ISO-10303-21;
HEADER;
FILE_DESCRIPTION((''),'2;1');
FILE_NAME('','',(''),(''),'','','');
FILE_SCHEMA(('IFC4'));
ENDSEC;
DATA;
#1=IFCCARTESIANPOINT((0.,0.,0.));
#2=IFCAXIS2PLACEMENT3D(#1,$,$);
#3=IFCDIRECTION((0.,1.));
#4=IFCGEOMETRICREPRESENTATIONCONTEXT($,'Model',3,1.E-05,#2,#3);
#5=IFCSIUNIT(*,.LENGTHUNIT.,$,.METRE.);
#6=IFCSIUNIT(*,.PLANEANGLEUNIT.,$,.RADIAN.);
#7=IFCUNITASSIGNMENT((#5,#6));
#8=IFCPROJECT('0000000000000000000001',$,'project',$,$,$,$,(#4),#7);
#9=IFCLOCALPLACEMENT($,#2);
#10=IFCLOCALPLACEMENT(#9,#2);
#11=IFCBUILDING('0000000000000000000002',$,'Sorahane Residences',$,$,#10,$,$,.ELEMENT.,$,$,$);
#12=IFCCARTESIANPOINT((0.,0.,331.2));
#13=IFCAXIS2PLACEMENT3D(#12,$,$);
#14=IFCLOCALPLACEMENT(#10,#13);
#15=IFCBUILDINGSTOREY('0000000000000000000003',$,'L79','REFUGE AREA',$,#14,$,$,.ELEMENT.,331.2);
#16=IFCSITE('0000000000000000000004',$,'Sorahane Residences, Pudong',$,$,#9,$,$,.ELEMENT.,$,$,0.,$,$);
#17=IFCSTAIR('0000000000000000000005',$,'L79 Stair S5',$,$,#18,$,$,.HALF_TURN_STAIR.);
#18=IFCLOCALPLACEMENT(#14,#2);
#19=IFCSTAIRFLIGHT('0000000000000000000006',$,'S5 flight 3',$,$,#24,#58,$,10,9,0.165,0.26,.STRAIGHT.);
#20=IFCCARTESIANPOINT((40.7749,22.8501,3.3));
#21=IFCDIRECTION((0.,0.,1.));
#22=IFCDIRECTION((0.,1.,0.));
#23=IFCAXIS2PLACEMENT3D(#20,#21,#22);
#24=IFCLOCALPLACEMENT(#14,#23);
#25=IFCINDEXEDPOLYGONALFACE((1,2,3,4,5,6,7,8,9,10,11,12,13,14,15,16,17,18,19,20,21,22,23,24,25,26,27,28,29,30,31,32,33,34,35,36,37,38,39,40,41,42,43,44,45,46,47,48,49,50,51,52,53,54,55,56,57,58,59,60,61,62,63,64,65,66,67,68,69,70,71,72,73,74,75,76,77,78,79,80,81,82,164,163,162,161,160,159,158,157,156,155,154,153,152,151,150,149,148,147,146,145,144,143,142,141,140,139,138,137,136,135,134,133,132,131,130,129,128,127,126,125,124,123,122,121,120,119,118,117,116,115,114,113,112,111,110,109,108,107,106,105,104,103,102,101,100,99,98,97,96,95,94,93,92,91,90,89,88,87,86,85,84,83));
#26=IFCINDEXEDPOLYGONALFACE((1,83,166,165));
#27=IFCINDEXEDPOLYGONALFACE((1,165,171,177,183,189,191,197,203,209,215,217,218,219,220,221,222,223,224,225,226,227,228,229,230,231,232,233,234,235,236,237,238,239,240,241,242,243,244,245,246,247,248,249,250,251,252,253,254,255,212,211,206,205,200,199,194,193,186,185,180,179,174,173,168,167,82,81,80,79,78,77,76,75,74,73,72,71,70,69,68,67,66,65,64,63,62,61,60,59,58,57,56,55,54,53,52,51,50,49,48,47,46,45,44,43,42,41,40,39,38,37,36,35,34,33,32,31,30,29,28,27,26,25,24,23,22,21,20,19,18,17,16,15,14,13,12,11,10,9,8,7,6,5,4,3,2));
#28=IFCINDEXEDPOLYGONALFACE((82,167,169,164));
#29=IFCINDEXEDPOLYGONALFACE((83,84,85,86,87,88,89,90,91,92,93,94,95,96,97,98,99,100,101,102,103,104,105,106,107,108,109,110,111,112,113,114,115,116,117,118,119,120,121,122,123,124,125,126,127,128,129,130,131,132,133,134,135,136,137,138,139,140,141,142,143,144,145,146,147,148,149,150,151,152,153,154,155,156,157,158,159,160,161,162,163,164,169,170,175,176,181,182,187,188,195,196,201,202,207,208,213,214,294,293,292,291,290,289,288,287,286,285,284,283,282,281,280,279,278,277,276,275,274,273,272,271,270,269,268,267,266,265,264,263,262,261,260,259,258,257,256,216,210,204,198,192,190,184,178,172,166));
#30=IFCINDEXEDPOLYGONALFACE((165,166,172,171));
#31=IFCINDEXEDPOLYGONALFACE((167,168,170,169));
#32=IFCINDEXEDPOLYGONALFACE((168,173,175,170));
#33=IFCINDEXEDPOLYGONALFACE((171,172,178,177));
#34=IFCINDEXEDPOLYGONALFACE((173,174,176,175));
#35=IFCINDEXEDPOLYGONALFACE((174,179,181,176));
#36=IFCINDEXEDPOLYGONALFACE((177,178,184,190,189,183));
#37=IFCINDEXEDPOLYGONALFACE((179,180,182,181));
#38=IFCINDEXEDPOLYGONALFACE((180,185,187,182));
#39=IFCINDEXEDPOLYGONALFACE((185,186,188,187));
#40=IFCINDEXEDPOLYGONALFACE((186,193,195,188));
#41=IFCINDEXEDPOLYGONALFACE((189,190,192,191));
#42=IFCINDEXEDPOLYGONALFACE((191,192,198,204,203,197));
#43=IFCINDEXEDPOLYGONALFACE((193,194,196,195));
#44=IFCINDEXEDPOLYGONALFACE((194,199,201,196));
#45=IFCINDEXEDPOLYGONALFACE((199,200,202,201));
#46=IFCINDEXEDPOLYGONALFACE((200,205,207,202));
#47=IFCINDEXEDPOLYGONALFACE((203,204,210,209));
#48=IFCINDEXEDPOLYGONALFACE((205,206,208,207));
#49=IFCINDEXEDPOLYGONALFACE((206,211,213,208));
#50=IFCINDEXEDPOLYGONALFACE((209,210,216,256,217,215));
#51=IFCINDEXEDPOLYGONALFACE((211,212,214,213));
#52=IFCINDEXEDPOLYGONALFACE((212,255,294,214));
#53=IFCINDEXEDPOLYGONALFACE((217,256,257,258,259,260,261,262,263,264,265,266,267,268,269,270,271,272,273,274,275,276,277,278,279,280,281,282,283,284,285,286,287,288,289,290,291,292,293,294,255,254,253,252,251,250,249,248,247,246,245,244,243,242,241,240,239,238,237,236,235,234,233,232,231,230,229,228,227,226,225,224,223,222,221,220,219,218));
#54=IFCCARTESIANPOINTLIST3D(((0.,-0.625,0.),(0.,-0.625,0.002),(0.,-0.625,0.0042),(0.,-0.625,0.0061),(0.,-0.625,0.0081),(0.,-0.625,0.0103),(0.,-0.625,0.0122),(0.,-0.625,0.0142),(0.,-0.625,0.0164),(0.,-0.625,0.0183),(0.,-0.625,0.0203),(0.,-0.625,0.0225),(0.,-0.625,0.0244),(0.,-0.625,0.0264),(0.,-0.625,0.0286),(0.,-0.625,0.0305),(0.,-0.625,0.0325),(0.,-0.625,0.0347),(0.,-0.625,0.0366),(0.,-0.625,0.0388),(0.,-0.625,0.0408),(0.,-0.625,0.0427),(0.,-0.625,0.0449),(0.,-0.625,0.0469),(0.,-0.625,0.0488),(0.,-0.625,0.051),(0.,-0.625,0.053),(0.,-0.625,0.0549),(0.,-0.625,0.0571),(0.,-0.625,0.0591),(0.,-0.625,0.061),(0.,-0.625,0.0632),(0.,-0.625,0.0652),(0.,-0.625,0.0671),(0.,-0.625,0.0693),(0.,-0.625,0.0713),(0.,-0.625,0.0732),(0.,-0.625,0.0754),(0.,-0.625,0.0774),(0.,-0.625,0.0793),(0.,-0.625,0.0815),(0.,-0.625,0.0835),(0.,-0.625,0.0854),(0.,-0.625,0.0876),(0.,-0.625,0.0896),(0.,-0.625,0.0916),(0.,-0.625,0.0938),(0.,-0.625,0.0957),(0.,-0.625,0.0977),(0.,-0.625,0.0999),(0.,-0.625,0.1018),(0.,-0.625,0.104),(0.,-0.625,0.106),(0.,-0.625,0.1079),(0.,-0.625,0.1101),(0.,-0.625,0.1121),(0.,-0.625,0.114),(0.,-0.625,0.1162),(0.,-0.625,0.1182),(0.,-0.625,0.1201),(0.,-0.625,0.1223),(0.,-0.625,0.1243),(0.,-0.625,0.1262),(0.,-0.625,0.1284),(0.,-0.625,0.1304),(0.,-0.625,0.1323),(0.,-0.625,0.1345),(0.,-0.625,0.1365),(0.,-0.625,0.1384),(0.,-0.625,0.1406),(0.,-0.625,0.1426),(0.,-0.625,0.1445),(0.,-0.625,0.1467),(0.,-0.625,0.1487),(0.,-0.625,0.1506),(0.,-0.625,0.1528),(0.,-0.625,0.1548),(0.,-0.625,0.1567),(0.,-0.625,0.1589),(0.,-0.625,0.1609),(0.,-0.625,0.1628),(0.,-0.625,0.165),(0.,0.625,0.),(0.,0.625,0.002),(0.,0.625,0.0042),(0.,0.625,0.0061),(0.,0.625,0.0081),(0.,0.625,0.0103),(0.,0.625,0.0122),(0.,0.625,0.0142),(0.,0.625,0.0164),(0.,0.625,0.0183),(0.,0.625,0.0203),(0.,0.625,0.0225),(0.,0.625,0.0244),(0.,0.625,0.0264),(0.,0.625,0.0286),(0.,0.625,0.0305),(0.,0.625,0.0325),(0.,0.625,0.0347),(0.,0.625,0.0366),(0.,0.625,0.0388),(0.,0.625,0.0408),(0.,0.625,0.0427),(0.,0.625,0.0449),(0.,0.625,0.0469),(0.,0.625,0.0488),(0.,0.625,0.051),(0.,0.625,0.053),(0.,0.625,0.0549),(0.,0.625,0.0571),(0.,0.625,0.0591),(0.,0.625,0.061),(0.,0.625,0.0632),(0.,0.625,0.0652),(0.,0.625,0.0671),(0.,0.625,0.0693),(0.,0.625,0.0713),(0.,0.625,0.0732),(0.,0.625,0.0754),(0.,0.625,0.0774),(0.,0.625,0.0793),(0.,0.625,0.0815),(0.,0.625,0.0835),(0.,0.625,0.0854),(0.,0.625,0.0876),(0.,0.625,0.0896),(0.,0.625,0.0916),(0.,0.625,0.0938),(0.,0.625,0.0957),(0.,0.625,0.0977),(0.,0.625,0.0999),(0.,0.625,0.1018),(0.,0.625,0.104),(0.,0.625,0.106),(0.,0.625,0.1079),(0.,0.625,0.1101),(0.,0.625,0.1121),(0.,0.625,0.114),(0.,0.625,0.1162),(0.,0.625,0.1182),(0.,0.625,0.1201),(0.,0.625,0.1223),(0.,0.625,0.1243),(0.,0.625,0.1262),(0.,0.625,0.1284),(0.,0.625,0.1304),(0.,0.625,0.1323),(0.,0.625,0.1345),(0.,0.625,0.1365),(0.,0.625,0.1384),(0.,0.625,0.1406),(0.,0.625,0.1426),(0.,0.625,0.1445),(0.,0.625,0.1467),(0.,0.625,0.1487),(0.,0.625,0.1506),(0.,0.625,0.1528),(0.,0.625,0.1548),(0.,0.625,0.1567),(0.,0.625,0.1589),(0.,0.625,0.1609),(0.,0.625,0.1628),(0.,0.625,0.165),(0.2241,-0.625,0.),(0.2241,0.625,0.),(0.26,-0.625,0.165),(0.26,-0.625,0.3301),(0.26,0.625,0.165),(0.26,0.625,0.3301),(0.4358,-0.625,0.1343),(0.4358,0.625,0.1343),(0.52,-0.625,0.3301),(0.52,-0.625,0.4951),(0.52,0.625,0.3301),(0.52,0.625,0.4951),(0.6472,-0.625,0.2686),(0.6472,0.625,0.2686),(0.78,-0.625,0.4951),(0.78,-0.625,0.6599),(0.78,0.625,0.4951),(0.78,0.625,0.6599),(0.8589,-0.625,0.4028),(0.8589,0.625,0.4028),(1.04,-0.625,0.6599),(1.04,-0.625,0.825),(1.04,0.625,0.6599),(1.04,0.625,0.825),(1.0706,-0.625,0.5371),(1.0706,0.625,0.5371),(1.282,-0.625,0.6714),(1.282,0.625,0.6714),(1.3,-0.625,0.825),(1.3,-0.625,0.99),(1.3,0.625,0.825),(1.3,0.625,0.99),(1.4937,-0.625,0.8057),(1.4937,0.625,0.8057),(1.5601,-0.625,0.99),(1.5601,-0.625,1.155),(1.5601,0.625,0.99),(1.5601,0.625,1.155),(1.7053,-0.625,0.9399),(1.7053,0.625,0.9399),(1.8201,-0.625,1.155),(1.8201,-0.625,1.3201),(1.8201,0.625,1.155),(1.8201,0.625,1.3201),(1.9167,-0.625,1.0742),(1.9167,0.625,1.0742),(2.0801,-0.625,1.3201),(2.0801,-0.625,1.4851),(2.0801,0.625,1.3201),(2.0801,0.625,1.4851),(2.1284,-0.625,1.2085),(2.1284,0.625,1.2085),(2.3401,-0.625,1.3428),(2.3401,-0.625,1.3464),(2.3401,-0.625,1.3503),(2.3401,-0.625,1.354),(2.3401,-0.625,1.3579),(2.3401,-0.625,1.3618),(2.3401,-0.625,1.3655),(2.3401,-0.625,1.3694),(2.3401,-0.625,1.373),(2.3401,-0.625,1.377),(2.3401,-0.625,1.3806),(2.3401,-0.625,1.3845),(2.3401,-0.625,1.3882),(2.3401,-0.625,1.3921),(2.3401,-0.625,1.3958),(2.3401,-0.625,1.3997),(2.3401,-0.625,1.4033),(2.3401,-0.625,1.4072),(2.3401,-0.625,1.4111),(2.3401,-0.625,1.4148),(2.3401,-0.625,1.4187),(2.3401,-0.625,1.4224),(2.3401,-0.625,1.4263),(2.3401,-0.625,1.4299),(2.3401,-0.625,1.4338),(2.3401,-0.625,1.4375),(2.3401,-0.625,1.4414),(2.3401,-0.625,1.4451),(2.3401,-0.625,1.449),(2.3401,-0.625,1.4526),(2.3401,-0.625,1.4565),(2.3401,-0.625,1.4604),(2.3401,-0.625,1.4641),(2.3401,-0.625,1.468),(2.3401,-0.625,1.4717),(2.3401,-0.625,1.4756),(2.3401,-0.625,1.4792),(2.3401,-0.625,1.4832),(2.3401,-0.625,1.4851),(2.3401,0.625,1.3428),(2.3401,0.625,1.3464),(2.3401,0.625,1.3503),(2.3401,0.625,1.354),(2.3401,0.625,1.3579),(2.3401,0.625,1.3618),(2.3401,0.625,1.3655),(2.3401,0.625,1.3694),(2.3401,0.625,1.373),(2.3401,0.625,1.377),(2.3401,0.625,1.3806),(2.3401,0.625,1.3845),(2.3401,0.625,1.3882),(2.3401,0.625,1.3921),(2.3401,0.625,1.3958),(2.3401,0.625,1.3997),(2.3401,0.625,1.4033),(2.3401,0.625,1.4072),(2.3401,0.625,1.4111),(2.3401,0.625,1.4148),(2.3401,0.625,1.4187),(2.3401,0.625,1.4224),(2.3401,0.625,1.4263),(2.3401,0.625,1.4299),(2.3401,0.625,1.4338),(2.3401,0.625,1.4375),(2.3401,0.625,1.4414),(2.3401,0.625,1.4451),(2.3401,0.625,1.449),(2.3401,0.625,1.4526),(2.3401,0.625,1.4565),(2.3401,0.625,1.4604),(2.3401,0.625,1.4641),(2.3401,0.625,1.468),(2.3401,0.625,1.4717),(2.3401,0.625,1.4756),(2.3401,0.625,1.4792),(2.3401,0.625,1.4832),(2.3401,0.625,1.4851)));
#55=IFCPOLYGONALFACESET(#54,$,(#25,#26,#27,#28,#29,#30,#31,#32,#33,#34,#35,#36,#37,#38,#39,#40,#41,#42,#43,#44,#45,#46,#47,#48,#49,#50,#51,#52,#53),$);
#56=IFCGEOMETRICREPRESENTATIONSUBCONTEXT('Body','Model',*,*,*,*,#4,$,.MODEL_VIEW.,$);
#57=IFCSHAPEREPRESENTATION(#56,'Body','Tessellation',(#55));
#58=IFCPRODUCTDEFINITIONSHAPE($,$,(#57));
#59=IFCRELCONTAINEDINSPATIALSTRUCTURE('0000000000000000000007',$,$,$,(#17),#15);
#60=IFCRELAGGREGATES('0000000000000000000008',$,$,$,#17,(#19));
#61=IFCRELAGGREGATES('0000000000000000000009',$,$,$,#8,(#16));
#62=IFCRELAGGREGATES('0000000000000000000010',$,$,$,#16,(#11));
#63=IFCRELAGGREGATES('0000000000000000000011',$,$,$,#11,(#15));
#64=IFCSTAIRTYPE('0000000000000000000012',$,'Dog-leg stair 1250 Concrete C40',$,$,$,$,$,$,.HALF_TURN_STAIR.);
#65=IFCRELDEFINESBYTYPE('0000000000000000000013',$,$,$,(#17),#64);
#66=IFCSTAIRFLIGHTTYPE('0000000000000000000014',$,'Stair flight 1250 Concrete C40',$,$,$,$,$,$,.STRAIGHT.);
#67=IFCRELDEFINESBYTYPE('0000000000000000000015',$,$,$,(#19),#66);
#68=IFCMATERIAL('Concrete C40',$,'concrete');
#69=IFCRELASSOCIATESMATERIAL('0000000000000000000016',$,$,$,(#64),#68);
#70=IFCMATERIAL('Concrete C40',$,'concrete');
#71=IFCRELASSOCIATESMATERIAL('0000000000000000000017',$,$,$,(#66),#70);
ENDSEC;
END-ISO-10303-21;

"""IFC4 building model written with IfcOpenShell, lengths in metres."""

from ifc_helpers import new_model, si_unit, direction, frame, origin, place, context, subcontext, project, spatial, polyline, outline, extrude, material, type_object, element, aggregate, save


model = new_model("IFC4")

# Units and contexts
model_context = context("Model", 3, precision=1e-05, world=origin(), true_north=direction((0.0, 1.0)))
body_context = subcontext(model_context, "Body", "Model", "MODEL_VIEW")
ifc_project = project(units=[si_unit("LENGTHUNIT", "METRE"), si_unit("PLANEANGLEUNIT", "RADIAN")], contexts=[model_context])

# Site, building, storey
site_placement = place(None, origin())
site = spatial("IfcSite", under=ifc_project, at=site_placement, Name="Sorahane Residences, Pudong", CompositionType="ELEMENT", RefElevation=0.0)
building_placement = place(site_placement, origin())
building = spatial("IfcBuilding", under=site, at=building_placement, Name="Sorahane Residences", CompositionType="ELEMENT")
storey_placement = place(building_placement, frame((0.0, 0.0, 331.2)))
storey = spatial("IfcBuildingStorey", under=building, at=storey_placement, Name="L79", Description="REFUGE AREA", CompositionType="ELEMENT", Elevation=331.2)

# Stair, stair flight
ifc_material_1 = material(Name="Concrete C40", Category="concrete")
stair_type = type_object("IfcStairType", Name="Dog-leg stair 1250 Concrete C40", PredefinedType="HALF_TURN_STAIR", material=ifc_material_1)
stair_placement = place(storey_placement, origin())
stair = element("IfcStair", 1, at=stair_placement, inside=storey, type_object=stair_type, Name="L79 Stair S5", PredefinedType="HALF_TURN_STAIR")
ifc_material_2 = material(Name="Concrete C40", Category="concrete")
stair_flight_type = type_object("IfcStairFlightType", Name="Stair flight 1250 Concrete C40", PredefinedType="STRAIGHT", material=ifc_material_2)
stair_flight_1_placement = place(storey_placement, frame((40.7749, 22.8501, 3.3), z_axis=(0.0, 0.0, 1.0), x_axis=(0.0, 1.0, 0.0)))
stair_flight_1 = element("IfcStairFlight", 2, at=stair_flight_1_placement, type_object=stair_flight_type, Name="S5 flight 3", NumberOfRisers=10, NumberOfTreads=9, PredefinedType="STRAIGHT", RiserHeight=0.165, TreadLength=0.26, context=body_context, shape_type="SweptSolid", body=[
    extrude(outline(polyline([(0.0, 0.0), (0.0, 0.002), (0.0, 0.0042), (0.0, 0.0061), (0.0, 0.0081), (0.0, 0.0103), (0.0, 0.0122), (0.0, 0.0142), (0.0, 0.0164), (0.0, 0.0183), (0.0, 0.0203), (0.0, 0.0225), (0.0, 0.0244), (0.0, 0.0264), (0.0, 0.0286), (0.0, 0.0305), (0.0, 0.0325), (0.0, 0.0347), (0.0, 0.0366), (0.0, 0.0388), (0.0, 0.0408), (0.0, 0.0427), (0.0, 0.0449), (0.0, 0.0469), (0.0, 0.0488), (0.0, 0.051), (0.0, 0.053), (0.0, 0.0549), (0.0, 0.0571), (0.0, 0.0591), (0.0, 0.061), (0.0, 0.0632), (0.0, 0.0652), (0.0, 0.0671), (0.0, 0.0693), (0.0, 0.0713), (0.0, 0.0732), (0.0, 0.0754), (0.0, 0.0774), (0.0, 0.0793), (0.0, 0.0815), (0.0, 0.0835), (0.0, 0.0854), (0.0, 0.0876), (0.0, 0.0896), (0.0, 0.0916), (0.0, 0.0938), (0.0, 0.0957), (0.0, 0.0977), (0.0, 0.0999), (0.0, 0.1018), (0.0, 0.104), (0.0, 0.106), (0.0, 0.1079), (0.0, 0.1101), (0.0, 0.1121), (0.0, 0.114), (0.0, 0.1162), (0.0, 0.1182), (0.0, 0.1201), (0.0, 0.1223), (0.0, 0.1243), (0.0, 0.1262), (0.0, 0.1284), (0.0, 0.1304), (0.0, 0.1323), (0.0, 0.1345), (0.0, 0.1365), (0.0, 0.1384), (0.0, 0.1406), (0.0, 0.1426), (0.0, 0.1445), (0.0, 0.1467), (0.0, 0.1487), (0.0, 0.1506), (0.0, 0.1528), (0.0, 0.1548), (0.0, 0.1567), (0.0, 0.1589), (0.0, 0.1609), (0.0, 0.1628), (0.0, 0.165), (0.26, 0.165), (0.26, 0.3301), (0.52, 0.3301), (0.52, 0.4951), (0.78, 0.4951), (0.78, 0.6599), (1.04, 0.6599), (1.04, 0.825), (1.3, 0.825), (1.3, 0.99), (1.5601, 0.99), (1.5601, 1.155), (1.8201, 1.155), (1.8201, 1.3201), (2.0801, 1.3201), (2.0801, 1.4851), (2.3401, 1.4851), (2.3401, 1.6499), (2.3401, 1.6462), (2.3401, 1.6423), (2.3401, 1.6387), (2.3401, 1.6348), (2.3401, 1.6311), (2.3401, 1.6272), (2.3401, 1.6235), (2.3401, 1.6196), (2.3401, 1.616), (2.3401, 1.6121), (2.3401, 1.6082), (2.3401, 1.6045), (2.3401, 1.6006), (2.3401, 1.5969), (2.3401, 1.593), (2.3401, 1.5894), (2.3401, 1.5854), (2.3401, 1.5818), (2.3401, 1.5779), (2.3401, 1.5742), (2.3401, 1.5703), (2.3401, 1.5667), (2.3401, 1.5627), (2.3401, 1.5588), (2.3401, 1.5552), (2.3401, 1.5513), (2.3401, 1.5476), (2.3401, 1.5437), (2.3401, 1.54), (2.3401, 1.5361), (2.3401, 1.5325), (2.3401, 1.5286), (2.3401, 1.5249), (2.3401, 1.521), (2.3401, 1.5173), (2.3401, 1.5134), (2.3401, 1.5098), (2.3401, 1.5059), (2.3401, 1.502), (2.3401, 1.4983), (2.3401, 1.4944), (2.3401, 1.4907), (2.3401, 1.4868), (2.3401, 1.4832), (2.3401, 1.4792), (2.3401, 1.4756), (2.3401, 1.4717), (2.3401, 1.468), (2.3401, 1.4641), (2.3401, 1.4604), (2.3401, 1.4565), (2.3401, 1.4526), (2.3401, 1.449), (2.3401, 1.4451), (2.3401, 1.4414), (2.3401, 1.4375), (2.3401, 1.4338), (2.3401, 1.4299), (2.3401, 1.4263), (2.3401, 1.4224), (2.3401, 1.4187), (2.3401, 1.4148), (2.3401, 1.4111), (2.3401, 1.4072), (2.3401, 1.4033), (2.3401, 1.3997), (2.3401, 1.3958), (2.3401, 1.3921), (2.3401, 1.3882), (2.3401, 1.3845), (2.3401, 1.3806), (2.3401, 1.377), (2.3401, 1.373), (2.3401, 1.3694), (2.3401, 1.3655), (2.3401, 1.3618), (2.3401, 1.3579), (2.3401, 1.354), (2.3401, 1.3503), (2.3401, 1.3464), (2.3401, 1.3428), (2.1284, 1.2085), (1.9167, 1.0742), (1.7053, 0.9399), (1.4937, 0.8057), (1.282, 0.6714), (1.0706, 0.5371), (0.8589, 0.4028), (0.6472, 0.2686), (0.4358, 0.1343), (0.2241, 0.0), (0.0, 0.0)])), frame((0.0, 0.625, 0.0), z_axis=(0.0, -1.0, 0.0), x_axis=(1.0, 0.0, 0.0)), (0.0, 0.0, 1.0), 1.25),
])
aggregate(stair, [stair_flight_1])

save(model, "model.ifc")
